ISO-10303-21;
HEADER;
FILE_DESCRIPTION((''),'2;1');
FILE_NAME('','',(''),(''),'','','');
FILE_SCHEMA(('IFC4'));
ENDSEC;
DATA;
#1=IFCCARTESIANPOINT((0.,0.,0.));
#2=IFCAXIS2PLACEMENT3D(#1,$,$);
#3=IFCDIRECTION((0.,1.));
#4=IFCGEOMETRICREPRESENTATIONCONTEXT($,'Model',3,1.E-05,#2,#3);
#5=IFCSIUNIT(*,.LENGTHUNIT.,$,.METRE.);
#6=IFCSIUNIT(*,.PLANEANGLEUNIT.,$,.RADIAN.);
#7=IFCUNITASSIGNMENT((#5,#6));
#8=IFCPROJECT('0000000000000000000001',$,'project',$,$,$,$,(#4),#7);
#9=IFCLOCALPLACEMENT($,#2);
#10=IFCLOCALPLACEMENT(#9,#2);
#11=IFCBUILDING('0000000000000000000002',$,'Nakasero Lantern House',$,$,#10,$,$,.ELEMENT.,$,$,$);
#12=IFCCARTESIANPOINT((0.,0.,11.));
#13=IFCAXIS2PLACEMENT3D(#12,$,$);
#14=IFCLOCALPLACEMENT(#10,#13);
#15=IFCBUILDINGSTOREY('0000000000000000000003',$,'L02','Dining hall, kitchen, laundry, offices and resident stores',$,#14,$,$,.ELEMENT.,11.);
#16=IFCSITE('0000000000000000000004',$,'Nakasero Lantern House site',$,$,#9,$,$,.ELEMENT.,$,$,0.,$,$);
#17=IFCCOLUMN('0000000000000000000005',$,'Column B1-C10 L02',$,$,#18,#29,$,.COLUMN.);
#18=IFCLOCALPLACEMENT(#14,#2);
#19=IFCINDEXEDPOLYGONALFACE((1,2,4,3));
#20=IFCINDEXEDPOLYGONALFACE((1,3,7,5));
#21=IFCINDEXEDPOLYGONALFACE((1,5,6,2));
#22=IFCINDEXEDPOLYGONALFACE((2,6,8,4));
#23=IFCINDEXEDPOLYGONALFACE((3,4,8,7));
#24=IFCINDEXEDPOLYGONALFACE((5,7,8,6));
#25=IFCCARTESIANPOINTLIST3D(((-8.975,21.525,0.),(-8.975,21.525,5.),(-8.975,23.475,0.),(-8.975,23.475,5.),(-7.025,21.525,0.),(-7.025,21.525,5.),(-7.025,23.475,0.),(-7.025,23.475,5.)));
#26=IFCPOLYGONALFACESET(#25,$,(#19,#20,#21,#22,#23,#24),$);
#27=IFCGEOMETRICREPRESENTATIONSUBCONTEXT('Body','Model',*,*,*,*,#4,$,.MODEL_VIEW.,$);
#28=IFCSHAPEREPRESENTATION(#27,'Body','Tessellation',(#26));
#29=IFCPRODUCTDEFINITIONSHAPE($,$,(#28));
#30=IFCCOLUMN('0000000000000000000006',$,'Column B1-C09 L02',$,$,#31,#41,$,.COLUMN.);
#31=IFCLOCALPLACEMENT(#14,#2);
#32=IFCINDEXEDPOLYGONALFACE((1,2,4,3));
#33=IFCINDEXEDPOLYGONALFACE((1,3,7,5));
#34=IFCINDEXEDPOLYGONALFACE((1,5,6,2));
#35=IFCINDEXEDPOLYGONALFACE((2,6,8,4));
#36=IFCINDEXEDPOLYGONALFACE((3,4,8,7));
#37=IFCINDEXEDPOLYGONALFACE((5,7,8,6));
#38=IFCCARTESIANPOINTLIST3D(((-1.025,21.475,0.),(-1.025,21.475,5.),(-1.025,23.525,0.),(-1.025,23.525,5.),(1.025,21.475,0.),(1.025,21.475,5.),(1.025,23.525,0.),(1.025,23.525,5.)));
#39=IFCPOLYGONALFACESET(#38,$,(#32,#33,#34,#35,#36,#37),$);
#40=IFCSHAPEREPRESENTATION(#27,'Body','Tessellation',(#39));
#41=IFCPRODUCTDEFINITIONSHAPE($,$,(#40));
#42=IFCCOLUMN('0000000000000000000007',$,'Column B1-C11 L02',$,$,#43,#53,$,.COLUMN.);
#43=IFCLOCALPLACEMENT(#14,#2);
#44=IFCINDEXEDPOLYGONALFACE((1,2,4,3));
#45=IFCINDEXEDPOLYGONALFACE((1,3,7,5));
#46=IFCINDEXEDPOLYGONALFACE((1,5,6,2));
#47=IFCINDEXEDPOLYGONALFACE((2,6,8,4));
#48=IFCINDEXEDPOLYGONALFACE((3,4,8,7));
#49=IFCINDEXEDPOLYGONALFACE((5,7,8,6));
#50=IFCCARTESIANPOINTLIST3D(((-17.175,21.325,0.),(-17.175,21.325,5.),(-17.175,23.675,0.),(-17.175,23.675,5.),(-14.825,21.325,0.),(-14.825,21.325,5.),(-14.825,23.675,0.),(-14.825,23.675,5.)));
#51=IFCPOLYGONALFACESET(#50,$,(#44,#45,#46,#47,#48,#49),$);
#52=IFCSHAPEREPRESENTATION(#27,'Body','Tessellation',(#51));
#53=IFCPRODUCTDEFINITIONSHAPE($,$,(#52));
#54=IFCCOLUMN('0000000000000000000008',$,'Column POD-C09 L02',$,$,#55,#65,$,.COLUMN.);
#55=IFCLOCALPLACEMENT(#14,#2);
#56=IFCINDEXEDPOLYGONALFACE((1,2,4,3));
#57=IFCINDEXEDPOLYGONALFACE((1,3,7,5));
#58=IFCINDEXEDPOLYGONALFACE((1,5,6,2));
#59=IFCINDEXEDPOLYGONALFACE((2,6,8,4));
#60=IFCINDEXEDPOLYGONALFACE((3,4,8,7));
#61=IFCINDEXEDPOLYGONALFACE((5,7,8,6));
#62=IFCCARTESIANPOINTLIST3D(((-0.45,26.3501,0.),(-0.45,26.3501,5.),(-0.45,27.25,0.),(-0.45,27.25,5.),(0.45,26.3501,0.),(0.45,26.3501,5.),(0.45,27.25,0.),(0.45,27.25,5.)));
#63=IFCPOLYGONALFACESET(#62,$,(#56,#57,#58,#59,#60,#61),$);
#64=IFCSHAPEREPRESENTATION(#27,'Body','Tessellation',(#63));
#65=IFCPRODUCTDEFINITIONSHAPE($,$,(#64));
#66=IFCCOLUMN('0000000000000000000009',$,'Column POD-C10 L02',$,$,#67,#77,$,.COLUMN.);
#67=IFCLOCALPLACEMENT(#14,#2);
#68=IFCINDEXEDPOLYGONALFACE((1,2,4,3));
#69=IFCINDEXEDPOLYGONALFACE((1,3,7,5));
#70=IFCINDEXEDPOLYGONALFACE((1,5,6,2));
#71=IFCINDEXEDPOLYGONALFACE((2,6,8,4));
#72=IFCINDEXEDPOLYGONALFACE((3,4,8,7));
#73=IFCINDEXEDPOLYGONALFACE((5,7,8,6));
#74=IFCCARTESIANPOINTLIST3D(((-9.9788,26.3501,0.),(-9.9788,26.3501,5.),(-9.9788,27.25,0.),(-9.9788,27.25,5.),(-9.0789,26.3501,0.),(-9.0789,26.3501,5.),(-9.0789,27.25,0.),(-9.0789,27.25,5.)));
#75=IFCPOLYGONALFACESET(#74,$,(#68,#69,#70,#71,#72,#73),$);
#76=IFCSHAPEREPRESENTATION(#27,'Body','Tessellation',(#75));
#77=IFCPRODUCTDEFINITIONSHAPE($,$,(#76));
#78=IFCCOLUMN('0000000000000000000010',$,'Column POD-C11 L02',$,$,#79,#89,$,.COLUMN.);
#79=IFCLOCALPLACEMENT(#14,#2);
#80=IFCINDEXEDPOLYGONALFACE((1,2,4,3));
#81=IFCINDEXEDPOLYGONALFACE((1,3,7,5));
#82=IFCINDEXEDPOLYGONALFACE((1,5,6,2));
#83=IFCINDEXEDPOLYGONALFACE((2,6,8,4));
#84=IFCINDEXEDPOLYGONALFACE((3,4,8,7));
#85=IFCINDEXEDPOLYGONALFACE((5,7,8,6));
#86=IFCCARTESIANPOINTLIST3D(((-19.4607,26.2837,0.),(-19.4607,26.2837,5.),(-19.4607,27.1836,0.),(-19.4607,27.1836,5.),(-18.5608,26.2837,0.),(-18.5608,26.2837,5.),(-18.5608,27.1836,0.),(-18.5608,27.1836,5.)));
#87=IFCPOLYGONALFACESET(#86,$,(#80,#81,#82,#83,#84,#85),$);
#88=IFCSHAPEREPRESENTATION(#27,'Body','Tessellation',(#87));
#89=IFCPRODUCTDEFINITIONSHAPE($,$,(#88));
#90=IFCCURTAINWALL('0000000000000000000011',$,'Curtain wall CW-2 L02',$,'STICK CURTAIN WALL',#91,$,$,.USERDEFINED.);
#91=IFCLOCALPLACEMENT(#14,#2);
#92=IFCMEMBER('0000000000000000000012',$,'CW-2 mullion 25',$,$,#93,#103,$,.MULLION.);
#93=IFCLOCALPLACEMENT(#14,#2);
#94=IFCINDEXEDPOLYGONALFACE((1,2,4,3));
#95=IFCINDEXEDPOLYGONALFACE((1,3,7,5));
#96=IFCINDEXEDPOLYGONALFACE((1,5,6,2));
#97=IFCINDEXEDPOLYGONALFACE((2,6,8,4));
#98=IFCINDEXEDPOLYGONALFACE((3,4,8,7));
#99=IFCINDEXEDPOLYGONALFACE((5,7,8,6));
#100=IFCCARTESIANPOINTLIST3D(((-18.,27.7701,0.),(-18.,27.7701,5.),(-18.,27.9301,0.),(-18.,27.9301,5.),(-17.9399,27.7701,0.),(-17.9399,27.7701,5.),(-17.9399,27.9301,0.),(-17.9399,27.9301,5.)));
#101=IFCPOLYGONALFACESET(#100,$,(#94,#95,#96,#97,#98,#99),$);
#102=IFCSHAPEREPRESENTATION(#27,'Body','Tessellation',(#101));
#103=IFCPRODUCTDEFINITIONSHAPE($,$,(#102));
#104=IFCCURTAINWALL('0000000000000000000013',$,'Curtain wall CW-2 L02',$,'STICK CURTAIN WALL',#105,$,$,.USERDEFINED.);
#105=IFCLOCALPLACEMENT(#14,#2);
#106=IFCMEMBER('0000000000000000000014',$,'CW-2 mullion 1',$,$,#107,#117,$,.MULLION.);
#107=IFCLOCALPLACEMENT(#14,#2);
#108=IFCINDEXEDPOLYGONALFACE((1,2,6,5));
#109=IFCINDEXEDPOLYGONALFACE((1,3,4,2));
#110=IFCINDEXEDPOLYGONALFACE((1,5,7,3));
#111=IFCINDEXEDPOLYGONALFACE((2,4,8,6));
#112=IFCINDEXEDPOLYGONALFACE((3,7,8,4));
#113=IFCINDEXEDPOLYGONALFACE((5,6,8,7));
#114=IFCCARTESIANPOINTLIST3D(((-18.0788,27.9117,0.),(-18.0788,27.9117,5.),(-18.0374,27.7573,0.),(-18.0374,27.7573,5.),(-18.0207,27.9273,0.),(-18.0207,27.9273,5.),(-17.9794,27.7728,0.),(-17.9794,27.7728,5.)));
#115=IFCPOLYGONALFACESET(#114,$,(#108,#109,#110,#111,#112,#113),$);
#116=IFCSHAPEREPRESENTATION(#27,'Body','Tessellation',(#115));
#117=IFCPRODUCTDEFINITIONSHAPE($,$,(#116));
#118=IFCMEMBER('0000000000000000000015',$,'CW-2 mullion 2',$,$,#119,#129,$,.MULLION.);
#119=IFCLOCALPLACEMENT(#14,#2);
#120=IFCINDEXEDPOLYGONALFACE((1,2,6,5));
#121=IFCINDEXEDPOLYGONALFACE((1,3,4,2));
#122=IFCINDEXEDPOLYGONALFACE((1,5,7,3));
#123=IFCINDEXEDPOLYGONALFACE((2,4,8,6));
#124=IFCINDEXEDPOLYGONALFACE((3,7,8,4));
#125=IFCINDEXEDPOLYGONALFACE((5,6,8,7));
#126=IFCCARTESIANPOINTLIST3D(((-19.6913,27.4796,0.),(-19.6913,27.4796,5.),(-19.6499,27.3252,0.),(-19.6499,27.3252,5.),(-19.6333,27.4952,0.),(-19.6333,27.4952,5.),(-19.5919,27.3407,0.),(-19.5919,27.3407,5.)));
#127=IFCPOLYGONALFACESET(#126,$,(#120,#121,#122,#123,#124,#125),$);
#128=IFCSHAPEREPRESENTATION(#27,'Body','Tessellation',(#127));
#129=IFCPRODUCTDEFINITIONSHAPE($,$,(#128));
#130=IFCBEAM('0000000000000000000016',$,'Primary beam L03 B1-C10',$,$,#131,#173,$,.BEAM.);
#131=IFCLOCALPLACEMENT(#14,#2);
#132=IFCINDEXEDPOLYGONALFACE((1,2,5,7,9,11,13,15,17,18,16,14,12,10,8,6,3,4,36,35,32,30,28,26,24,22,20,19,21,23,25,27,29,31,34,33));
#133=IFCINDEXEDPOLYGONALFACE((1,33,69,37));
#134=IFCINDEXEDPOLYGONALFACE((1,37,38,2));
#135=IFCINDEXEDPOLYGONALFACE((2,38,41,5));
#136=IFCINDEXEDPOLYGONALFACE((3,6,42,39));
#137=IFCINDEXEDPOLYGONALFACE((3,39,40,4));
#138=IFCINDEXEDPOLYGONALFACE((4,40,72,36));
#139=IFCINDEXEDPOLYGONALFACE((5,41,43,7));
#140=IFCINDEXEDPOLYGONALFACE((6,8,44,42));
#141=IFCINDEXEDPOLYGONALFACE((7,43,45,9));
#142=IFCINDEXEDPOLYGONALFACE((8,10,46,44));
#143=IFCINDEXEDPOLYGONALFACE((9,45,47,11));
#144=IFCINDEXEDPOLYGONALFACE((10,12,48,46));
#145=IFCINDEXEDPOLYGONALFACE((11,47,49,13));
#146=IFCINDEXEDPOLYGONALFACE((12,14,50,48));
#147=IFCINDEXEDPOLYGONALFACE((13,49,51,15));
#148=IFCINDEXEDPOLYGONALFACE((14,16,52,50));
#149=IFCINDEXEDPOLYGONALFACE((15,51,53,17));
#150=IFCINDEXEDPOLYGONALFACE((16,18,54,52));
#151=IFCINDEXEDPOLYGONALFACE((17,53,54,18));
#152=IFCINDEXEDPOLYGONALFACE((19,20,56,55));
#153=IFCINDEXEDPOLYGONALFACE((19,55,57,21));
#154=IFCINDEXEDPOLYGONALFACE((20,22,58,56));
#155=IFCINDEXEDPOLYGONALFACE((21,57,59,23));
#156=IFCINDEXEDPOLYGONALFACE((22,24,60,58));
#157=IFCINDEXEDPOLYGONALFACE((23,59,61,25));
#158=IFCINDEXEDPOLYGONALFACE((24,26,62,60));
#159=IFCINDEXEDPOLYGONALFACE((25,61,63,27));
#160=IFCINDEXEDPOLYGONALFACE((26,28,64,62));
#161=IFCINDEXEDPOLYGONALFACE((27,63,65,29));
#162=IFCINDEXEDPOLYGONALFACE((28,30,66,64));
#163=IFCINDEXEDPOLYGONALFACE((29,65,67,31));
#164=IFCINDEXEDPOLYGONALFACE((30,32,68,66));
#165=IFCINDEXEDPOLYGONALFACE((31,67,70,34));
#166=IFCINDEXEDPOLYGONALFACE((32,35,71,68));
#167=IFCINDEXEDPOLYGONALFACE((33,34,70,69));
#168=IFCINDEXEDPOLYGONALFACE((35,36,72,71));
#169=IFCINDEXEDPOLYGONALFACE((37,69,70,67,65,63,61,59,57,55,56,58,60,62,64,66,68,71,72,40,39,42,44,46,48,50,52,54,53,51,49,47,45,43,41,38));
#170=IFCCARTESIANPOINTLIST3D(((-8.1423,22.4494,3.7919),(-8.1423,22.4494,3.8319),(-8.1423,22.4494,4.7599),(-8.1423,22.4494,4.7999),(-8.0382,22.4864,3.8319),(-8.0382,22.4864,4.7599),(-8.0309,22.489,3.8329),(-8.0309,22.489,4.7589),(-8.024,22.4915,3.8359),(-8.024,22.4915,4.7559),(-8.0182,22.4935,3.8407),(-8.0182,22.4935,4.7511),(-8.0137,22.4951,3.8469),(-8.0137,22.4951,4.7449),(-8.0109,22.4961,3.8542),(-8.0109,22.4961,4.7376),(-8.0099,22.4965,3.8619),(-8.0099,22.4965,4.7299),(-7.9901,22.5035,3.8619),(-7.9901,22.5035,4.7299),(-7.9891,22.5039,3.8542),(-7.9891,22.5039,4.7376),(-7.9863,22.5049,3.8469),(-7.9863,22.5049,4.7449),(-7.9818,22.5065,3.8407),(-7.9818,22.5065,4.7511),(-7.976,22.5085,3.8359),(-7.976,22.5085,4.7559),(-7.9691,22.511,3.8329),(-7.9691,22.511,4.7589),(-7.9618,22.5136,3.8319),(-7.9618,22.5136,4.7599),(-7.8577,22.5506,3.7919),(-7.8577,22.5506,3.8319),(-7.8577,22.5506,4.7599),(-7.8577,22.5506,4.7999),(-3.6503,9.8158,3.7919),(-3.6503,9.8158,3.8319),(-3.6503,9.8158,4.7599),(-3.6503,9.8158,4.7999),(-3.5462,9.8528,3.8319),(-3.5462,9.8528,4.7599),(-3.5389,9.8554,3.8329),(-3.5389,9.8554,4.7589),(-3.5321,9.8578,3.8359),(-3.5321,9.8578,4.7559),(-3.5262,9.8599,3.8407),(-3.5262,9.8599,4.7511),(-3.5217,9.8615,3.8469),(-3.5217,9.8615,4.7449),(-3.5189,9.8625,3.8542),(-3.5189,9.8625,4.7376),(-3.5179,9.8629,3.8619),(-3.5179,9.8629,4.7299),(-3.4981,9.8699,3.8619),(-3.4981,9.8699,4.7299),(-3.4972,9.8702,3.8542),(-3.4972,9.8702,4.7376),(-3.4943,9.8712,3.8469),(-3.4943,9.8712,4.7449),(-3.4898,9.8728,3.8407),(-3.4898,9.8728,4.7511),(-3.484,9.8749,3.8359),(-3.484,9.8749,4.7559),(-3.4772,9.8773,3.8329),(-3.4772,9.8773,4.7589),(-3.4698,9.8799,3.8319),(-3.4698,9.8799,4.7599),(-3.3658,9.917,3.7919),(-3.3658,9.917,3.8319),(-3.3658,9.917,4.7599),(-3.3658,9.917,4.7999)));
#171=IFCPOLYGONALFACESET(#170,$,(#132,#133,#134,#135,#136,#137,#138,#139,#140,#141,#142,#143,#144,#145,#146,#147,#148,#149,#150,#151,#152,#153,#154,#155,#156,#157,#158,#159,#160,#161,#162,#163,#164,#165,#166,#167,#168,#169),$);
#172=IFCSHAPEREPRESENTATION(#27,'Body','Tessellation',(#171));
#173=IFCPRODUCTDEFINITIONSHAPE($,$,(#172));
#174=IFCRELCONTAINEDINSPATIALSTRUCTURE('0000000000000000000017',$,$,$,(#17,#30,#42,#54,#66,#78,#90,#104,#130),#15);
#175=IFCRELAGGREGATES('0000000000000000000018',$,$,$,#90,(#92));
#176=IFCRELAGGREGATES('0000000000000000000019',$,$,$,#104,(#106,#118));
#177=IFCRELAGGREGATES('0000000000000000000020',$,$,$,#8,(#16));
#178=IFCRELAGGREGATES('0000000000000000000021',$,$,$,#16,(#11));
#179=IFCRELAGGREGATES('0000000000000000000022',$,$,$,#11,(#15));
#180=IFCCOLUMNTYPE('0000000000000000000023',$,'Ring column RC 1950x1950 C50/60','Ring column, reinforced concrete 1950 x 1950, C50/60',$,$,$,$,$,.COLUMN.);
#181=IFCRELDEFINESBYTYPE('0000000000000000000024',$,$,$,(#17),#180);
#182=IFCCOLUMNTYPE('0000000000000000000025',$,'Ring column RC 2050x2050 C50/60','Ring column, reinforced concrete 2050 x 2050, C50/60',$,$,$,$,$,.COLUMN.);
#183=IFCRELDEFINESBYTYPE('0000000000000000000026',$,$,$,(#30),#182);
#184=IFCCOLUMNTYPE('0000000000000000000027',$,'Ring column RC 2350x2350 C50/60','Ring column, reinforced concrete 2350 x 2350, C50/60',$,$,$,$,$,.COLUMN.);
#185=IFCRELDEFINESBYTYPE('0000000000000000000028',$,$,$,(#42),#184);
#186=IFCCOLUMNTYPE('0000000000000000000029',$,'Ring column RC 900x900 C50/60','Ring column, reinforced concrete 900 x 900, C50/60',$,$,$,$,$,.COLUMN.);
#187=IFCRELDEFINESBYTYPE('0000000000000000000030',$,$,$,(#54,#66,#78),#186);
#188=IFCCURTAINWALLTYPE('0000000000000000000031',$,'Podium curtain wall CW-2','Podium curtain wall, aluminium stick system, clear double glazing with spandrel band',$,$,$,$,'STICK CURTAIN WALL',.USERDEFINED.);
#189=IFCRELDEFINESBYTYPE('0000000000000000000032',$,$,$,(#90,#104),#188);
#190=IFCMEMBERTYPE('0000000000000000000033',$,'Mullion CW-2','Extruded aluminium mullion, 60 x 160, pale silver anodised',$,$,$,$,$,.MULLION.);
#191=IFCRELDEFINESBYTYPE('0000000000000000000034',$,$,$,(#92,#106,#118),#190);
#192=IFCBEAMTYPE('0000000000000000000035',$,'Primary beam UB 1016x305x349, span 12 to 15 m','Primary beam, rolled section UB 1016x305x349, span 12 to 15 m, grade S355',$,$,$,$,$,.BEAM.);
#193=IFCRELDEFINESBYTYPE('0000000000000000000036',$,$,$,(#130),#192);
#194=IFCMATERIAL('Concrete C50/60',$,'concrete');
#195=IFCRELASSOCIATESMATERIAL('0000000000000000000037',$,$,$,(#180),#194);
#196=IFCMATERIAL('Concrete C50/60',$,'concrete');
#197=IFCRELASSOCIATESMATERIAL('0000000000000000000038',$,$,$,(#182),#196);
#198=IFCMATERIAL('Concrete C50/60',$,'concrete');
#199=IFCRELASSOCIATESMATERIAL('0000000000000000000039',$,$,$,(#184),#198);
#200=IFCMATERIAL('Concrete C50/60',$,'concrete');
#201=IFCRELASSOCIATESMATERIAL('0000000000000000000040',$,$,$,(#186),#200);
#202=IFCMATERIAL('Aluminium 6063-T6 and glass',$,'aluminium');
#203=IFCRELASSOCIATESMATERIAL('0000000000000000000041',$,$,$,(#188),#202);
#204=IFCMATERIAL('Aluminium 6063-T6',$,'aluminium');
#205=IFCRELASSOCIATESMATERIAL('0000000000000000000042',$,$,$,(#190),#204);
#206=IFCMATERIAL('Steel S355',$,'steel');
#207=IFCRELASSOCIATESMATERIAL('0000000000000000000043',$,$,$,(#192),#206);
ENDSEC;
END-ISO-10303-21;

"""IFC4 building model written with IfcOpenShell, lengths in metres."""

from ifc_helpers import new_model, si_unit, direction, frame, origin, origin_2d, place, context, subcontext, project, spatial, rectangle, i_section, extrude, material, material_profile, profile_set, type_object, element, aggregate, save


model = new_model("IFC4")

# Units and contexts
model_context = context("Model", 3, precision=1e-05, world=origin(), true_north=direction((0.0, 1.0)))
body_context = subcontext(model_context, "Body", "Model", "MODEL_VIEW")
ifc_project = project(units=[si_unit("LENGTHUNIT", "METRE"), si_unit("PLANEANGLEUNIT", "RADIAN")], contexts=[model_context])

# Site, building, storey
site_placement = place(None, origin())
site = spatial("IfcSite", under=ifc_project, at=site_placement, Name="Nakasero Lantern House site", CompositionType="ELEMENT", RefElevation=0.0)
building_placement = place(site_placement, origin())
building = spatial("IfcBuilding", under=site, at=building_placement, Name="Nakasero Lantern House", CompositionType="ELEMENT")
storey_placement = place(building_placement, frame((0.0, 0.0, 11.0)))
storey = spatial("IfcBuildingStorey", under=building, at=storey_placement, Name="L02", Description="Dining hall, kitchen, laundry, offices and resident stores", CompositionType="ELEMENT", Elevation=11.0)

# Columns
ifc_material_1 = material(Name="Concrete C50/60", Category="concrete")
ifc_material_profile_1 = material_profile(ifc_material_1, rectangle(XDim=1.95, YDim=1.95, at=origin_2d()), Name="RC 1950x1950")
ifc_profile_set_1 = profile_set([ifc_material_profile_1], Name="Concrete C50/60")
column_type_1 = type_object("IfcColumnType", Name="Ring column RC 1950x1950 C50/60", Description="Ring column, reinforced concrete 1950 x 1950, C50/60", PredefinedType="COLUMN", material=ifc_profile_set_1)
column_1_placement = place(storey_placement, frame((-8.0, 22.5, 0.0), z_axis=(0.0, 0.0, 1.0), x_axis=(1.0, 0.0, 0.0)))
element("IfcColumn", 1, at=column_1_placement, inside=storey, type_object=column_type_1, Name="Column B1-C10 L02", PredefinedType="COLUMN", context=body_context, shape_type="SweptSolid", body=[
    extrude(rectangle(XDim=1.95, YDim=1.95, at=origin_2d()), origin(), (0.0, 0.0, 1.0), 5.0),
])
ifc_material_2 = material(Name="Concrete C50/60", Category="concrete")
ifc_material_profile_2 = material_profile(ifc_material_2, rectangle(XDim=2.05, YDim=2.05, at=origin_2d()), Name="RC 2050x2050")
ifc_profile_set_2 = profile_set([ifc_material_profile_2], Name="Concrete C50/60")
column_type_2 = type_object("IfcColumnType", Name="Ring column RC 2050x2050 C50/60", Description="Ring column, reinforced concrete 2050 x 2050, C50/60", PredefinedType="COLUMN", material=ifc_profile_set_2)
column_2_placement = place(storey_placement, frame((0.0, 22.5, 0.0), z_axis=(0.0, 0.0, 1.0), x_axis=(1.0, 0.0, 0.0)))
element("IfcColumn", 2, at=column_2_placement, inside=storey, type_object=column_type_2, Name="Column B1-C09 L02", PredefinedType="COLUMN", context=body_context, shape_type="SweptSolid", body=[
    extrude(rectangle(XDim=2.05, YDim=2.05, at=origin_2d()), origin(), (0.0, 0.0, 1.0), 5.0),
])
ifc_material_3 = material(Name="Concrete C50/60", Category="concrete")
ifc_material_profile_3 = material_profile(ifc_material_3, rectangle(XDim=2.3501, YDim=2.3501, at=origin_2d()), Name="RC 2350x2350")
ifc_profile_set_3 = profile_set([ifc_material_profile_3], Name="Concrete C50/60")
column_type_3 = type_object("IfcColumnType", Name="Ring column RC 2350x2350 C50/60", Description="Ring column, reinforced concrete 2350 x 2350, C50/60", PredefinedType="COLUMN", material=ifc_profile_set_3)
column_3_placement = place(storey_placement, frame((-16.0, 22.5, 0.0), z_axis=(0.0, 0.0, 1.0), x_axis=(1.0, 0.0, 0.0)))
element("IfcColumn", 3, at=column_3_placement, inside=storey, type_object=column_type_3, Name="Column B1-C11 L02", PredefinedType="COLUMN", context=body_context, shape_type="SweptSolid", body=[
    extrude(rectangle(XDim=2.3501, YDim=2.3501, at=origin_2d()), origin(), (0.0, 0.0, 1.0), 5.0),
])
ifc_material_4 = material(Name="Concrete C50/60", Category="concrete")
ifc_material_profile_4 = material_profile(ifc_material_4, rectangle(XDim=0.8999, YDim=0.8999, at=origin_2d()), Name="RC 900x900")
ifc_profile_set_4 = profile_set([ifc_material_profile_4], Name="Concrete C50/60")
column_type_4 = type_object("IfcColumnType", Name="Ring column RC 900x900 C50/60", Description="Ring column, reinforced concrete 900 x 900, C50/60", PredefinedType="COLUMN", material=ifc_profile_set_4)
for number, where, z_axis, x_axis, name in (
    (4, (0.0, 26.8, 0.0), (0.0, 0.0, 1.0), (1.0, 0.0, 0.0), "Column POD-C09 L02"),
    (5, (-9.5288, 26.8, 0.0), (0.0, 0.0, 1.0), (1.0, 0.0, 0.0), "Column POD-C10 L02"),
    (6, (-19.0107, 26.7336, 0.0), (0.0, 0.0, 1.0), (1.0, 0.0, 0.0), "Column POD-C11 L02"),
):
    element("IfcColumn", number, at=place(storey_placement, frame(where, z_axis=z_axis, x_axis=x_axis)), inside=storey, type_object=column_type_4, Name=name, PredefinedType="COLUMN", context=body_context, shape_type="SweptSolid", body=[
        extrude(rectangle(XDim=0.8999, YDim=0.8999, at=origin_2d()), origin(), (0.0, 0.0, 1.0), 5.0),
    ])

# Curtain wall, member
ifc_material_5 = material(Name="Aluminium 6063-T6 and glass", Category="aluminium")
curtain_wall_type = type_object("IfcCurtainWallType", Name="Podium curtain wall CW-2", Description="Podium curtain wall, aluminium stick system, clear double glazing with spandrel band", ElementType="STICK CURTAIN WALL", PredefinedType="USERDEFINED", material=ifc_material_5)
curtain_wall_1_placement = place(storey_placement, origin())
curtain_wall_1 = element("IfcCurtainWall", 7, at=curtain_wall_1_placement, inside=storey, type_object=curtain_wall_type, Name="Curtain wall CW-2 L02", ObjectType="STICK CURTAIN WALL", PredefinedType="USERDEFINED")
ifc_material_6 = material(Name="Aluminium 6063-T6", Category="aluminium")
ifc_material_profile_5 = material_profile(ifc_material_6, rectangle(XDim=0.0601, YDim=0.1599, at=origin_2d()), Name="CW-2 mullion 60x160")
ifc_profile_set_5 = profile_set([ifc_material_profile_5], Name="Aluminium 6063-T6")
member_type_1 = type_object("IfcMemberType", Name="Mullion CW-2", Description="Extruded aluminium mullion, 60 x 160, pale silver anodised", PredefinedType="MULLION", material=ifc_profile_set_5)
member_1_placement = place(storey_placement, frame((-17.97, 27.8501, 0.0), z_axis=(0.0, 0.0, 1.0), x_axis=(-1.0, 0.0, 0.0)))
member_1 = element("IfcMember", 8, at=member_1_placement, type_object=member_type_1, Name="CW-2 mullion 25", PredefinedType="MULLION", context=body_context, shape_type="SweptSolid", body=[
    extrude(rectangle(XDim=0.0601, YDim=0.1599, at=origin_2d()), origin(), (0.0, 0.0, 1.0), 5.0),
])

# Curtain wall, members
curtain_wall_2_placement = place(storey_placement, origin())
curtain_wall_2 = element("IfcCurtainWall", 9, at=curtain_wall_2_placement, inside=storey, type_object=curtain_wall_type, Name="Curtain wall CW-2 L02", ObjectType="STICK CURTAIN WALL", PredefinedType="USERDEFINED")
member_2_placement = place(storey_placement, frame((-18.0291, 27.8423, 0.0), z_axis=(0.0, 0.0, 1.0), x_axis=(-0.965926, -0.258819, 0.0)))
member_2 = element("IfcMember", 10, at=member_2_placement, type_object=member_type_1, Name="CW-2 mullion 1", PredefinedType="MULLION", context=body_context, shape_type="SweptSolid", body=[
    extrude(rectangle(XDim=0.0601, YDim=0.1599, at=origin_2d()), origin(), (0.0, 0.0, 1.0), 5.0),
])
member_3_placement = place(storey_placement, frame((-19.6416, 27.4102, 0.0), z_axis=(0.0, 0.0, 1.0), x_axis=(-0.965926, -0.258819, 0.0)))
member_3 = element("IfcMember", 11, at=member_3_placement, type_object=member_type_1, Name="CW-2 mullion 2", PredefinedType="MULLION", context=body_context, shape_type="SweptSolid", body=[
    extrude(rectangle(XDim=0.0601, YDim=0.1599, at=origin_2d()), origin(), (0.0, 0.0, 1.0), 5.0),
])

# Beam
ifc_material_7 = material(Name="Steel S355", Category="steel")
ifc_material_profile_6 = material_profile(ifc_material_7, i_section(OverallWidth=0.302, OverallDepth=1.0081, WebThickness=0.021, FlangeThickness=0.04, FilletRadius=0.03, at=origin_2d()), Name="UB 1016x305x349")
ifc_profile_set_6 = profile_set([ifc_material_profile_6], Name="Steel S355")
beam_type_1 = type_object("IfcBeamType", Name="Primary beam UB 1016x305x349, span 12 to 15 m", Description="Primary beam, rolled section UB 1016x305x349, span 12 to 15 m, grade S355", PredefinedType="BEAM", material=ifc_profile_set_6)
beam_1_placement = place(storey_placement, frame((-8.0, 22.5, 4.2959), z_axis=(0.335011, -0.942214, 0.0), x_axis=(0.942214, 0.335011, 0.0)))
element("IfcBeam", 12, at=beam_1_placement, inside=storey, type_object=beam_type_1, Name="Primary beam L03 B1-C10", PredefinedType="BEAM", context=body_context, shape_type="SweptSolid", body=[
    extrude(i_section(OverallWidth=0.302, OverallDepth=1.0081, WebThickness=0.021, FlangeThickness=0.04, FilletRadius=0.03, at=origin_2d()), origin(), (0.0, 0.0, 1.0), 13.4084),
])

aggregate(curtain_wall_1, [member_1])
aggregate(curtain_wall_2, [member_2, member_3])

save(model, "model.ifc")
